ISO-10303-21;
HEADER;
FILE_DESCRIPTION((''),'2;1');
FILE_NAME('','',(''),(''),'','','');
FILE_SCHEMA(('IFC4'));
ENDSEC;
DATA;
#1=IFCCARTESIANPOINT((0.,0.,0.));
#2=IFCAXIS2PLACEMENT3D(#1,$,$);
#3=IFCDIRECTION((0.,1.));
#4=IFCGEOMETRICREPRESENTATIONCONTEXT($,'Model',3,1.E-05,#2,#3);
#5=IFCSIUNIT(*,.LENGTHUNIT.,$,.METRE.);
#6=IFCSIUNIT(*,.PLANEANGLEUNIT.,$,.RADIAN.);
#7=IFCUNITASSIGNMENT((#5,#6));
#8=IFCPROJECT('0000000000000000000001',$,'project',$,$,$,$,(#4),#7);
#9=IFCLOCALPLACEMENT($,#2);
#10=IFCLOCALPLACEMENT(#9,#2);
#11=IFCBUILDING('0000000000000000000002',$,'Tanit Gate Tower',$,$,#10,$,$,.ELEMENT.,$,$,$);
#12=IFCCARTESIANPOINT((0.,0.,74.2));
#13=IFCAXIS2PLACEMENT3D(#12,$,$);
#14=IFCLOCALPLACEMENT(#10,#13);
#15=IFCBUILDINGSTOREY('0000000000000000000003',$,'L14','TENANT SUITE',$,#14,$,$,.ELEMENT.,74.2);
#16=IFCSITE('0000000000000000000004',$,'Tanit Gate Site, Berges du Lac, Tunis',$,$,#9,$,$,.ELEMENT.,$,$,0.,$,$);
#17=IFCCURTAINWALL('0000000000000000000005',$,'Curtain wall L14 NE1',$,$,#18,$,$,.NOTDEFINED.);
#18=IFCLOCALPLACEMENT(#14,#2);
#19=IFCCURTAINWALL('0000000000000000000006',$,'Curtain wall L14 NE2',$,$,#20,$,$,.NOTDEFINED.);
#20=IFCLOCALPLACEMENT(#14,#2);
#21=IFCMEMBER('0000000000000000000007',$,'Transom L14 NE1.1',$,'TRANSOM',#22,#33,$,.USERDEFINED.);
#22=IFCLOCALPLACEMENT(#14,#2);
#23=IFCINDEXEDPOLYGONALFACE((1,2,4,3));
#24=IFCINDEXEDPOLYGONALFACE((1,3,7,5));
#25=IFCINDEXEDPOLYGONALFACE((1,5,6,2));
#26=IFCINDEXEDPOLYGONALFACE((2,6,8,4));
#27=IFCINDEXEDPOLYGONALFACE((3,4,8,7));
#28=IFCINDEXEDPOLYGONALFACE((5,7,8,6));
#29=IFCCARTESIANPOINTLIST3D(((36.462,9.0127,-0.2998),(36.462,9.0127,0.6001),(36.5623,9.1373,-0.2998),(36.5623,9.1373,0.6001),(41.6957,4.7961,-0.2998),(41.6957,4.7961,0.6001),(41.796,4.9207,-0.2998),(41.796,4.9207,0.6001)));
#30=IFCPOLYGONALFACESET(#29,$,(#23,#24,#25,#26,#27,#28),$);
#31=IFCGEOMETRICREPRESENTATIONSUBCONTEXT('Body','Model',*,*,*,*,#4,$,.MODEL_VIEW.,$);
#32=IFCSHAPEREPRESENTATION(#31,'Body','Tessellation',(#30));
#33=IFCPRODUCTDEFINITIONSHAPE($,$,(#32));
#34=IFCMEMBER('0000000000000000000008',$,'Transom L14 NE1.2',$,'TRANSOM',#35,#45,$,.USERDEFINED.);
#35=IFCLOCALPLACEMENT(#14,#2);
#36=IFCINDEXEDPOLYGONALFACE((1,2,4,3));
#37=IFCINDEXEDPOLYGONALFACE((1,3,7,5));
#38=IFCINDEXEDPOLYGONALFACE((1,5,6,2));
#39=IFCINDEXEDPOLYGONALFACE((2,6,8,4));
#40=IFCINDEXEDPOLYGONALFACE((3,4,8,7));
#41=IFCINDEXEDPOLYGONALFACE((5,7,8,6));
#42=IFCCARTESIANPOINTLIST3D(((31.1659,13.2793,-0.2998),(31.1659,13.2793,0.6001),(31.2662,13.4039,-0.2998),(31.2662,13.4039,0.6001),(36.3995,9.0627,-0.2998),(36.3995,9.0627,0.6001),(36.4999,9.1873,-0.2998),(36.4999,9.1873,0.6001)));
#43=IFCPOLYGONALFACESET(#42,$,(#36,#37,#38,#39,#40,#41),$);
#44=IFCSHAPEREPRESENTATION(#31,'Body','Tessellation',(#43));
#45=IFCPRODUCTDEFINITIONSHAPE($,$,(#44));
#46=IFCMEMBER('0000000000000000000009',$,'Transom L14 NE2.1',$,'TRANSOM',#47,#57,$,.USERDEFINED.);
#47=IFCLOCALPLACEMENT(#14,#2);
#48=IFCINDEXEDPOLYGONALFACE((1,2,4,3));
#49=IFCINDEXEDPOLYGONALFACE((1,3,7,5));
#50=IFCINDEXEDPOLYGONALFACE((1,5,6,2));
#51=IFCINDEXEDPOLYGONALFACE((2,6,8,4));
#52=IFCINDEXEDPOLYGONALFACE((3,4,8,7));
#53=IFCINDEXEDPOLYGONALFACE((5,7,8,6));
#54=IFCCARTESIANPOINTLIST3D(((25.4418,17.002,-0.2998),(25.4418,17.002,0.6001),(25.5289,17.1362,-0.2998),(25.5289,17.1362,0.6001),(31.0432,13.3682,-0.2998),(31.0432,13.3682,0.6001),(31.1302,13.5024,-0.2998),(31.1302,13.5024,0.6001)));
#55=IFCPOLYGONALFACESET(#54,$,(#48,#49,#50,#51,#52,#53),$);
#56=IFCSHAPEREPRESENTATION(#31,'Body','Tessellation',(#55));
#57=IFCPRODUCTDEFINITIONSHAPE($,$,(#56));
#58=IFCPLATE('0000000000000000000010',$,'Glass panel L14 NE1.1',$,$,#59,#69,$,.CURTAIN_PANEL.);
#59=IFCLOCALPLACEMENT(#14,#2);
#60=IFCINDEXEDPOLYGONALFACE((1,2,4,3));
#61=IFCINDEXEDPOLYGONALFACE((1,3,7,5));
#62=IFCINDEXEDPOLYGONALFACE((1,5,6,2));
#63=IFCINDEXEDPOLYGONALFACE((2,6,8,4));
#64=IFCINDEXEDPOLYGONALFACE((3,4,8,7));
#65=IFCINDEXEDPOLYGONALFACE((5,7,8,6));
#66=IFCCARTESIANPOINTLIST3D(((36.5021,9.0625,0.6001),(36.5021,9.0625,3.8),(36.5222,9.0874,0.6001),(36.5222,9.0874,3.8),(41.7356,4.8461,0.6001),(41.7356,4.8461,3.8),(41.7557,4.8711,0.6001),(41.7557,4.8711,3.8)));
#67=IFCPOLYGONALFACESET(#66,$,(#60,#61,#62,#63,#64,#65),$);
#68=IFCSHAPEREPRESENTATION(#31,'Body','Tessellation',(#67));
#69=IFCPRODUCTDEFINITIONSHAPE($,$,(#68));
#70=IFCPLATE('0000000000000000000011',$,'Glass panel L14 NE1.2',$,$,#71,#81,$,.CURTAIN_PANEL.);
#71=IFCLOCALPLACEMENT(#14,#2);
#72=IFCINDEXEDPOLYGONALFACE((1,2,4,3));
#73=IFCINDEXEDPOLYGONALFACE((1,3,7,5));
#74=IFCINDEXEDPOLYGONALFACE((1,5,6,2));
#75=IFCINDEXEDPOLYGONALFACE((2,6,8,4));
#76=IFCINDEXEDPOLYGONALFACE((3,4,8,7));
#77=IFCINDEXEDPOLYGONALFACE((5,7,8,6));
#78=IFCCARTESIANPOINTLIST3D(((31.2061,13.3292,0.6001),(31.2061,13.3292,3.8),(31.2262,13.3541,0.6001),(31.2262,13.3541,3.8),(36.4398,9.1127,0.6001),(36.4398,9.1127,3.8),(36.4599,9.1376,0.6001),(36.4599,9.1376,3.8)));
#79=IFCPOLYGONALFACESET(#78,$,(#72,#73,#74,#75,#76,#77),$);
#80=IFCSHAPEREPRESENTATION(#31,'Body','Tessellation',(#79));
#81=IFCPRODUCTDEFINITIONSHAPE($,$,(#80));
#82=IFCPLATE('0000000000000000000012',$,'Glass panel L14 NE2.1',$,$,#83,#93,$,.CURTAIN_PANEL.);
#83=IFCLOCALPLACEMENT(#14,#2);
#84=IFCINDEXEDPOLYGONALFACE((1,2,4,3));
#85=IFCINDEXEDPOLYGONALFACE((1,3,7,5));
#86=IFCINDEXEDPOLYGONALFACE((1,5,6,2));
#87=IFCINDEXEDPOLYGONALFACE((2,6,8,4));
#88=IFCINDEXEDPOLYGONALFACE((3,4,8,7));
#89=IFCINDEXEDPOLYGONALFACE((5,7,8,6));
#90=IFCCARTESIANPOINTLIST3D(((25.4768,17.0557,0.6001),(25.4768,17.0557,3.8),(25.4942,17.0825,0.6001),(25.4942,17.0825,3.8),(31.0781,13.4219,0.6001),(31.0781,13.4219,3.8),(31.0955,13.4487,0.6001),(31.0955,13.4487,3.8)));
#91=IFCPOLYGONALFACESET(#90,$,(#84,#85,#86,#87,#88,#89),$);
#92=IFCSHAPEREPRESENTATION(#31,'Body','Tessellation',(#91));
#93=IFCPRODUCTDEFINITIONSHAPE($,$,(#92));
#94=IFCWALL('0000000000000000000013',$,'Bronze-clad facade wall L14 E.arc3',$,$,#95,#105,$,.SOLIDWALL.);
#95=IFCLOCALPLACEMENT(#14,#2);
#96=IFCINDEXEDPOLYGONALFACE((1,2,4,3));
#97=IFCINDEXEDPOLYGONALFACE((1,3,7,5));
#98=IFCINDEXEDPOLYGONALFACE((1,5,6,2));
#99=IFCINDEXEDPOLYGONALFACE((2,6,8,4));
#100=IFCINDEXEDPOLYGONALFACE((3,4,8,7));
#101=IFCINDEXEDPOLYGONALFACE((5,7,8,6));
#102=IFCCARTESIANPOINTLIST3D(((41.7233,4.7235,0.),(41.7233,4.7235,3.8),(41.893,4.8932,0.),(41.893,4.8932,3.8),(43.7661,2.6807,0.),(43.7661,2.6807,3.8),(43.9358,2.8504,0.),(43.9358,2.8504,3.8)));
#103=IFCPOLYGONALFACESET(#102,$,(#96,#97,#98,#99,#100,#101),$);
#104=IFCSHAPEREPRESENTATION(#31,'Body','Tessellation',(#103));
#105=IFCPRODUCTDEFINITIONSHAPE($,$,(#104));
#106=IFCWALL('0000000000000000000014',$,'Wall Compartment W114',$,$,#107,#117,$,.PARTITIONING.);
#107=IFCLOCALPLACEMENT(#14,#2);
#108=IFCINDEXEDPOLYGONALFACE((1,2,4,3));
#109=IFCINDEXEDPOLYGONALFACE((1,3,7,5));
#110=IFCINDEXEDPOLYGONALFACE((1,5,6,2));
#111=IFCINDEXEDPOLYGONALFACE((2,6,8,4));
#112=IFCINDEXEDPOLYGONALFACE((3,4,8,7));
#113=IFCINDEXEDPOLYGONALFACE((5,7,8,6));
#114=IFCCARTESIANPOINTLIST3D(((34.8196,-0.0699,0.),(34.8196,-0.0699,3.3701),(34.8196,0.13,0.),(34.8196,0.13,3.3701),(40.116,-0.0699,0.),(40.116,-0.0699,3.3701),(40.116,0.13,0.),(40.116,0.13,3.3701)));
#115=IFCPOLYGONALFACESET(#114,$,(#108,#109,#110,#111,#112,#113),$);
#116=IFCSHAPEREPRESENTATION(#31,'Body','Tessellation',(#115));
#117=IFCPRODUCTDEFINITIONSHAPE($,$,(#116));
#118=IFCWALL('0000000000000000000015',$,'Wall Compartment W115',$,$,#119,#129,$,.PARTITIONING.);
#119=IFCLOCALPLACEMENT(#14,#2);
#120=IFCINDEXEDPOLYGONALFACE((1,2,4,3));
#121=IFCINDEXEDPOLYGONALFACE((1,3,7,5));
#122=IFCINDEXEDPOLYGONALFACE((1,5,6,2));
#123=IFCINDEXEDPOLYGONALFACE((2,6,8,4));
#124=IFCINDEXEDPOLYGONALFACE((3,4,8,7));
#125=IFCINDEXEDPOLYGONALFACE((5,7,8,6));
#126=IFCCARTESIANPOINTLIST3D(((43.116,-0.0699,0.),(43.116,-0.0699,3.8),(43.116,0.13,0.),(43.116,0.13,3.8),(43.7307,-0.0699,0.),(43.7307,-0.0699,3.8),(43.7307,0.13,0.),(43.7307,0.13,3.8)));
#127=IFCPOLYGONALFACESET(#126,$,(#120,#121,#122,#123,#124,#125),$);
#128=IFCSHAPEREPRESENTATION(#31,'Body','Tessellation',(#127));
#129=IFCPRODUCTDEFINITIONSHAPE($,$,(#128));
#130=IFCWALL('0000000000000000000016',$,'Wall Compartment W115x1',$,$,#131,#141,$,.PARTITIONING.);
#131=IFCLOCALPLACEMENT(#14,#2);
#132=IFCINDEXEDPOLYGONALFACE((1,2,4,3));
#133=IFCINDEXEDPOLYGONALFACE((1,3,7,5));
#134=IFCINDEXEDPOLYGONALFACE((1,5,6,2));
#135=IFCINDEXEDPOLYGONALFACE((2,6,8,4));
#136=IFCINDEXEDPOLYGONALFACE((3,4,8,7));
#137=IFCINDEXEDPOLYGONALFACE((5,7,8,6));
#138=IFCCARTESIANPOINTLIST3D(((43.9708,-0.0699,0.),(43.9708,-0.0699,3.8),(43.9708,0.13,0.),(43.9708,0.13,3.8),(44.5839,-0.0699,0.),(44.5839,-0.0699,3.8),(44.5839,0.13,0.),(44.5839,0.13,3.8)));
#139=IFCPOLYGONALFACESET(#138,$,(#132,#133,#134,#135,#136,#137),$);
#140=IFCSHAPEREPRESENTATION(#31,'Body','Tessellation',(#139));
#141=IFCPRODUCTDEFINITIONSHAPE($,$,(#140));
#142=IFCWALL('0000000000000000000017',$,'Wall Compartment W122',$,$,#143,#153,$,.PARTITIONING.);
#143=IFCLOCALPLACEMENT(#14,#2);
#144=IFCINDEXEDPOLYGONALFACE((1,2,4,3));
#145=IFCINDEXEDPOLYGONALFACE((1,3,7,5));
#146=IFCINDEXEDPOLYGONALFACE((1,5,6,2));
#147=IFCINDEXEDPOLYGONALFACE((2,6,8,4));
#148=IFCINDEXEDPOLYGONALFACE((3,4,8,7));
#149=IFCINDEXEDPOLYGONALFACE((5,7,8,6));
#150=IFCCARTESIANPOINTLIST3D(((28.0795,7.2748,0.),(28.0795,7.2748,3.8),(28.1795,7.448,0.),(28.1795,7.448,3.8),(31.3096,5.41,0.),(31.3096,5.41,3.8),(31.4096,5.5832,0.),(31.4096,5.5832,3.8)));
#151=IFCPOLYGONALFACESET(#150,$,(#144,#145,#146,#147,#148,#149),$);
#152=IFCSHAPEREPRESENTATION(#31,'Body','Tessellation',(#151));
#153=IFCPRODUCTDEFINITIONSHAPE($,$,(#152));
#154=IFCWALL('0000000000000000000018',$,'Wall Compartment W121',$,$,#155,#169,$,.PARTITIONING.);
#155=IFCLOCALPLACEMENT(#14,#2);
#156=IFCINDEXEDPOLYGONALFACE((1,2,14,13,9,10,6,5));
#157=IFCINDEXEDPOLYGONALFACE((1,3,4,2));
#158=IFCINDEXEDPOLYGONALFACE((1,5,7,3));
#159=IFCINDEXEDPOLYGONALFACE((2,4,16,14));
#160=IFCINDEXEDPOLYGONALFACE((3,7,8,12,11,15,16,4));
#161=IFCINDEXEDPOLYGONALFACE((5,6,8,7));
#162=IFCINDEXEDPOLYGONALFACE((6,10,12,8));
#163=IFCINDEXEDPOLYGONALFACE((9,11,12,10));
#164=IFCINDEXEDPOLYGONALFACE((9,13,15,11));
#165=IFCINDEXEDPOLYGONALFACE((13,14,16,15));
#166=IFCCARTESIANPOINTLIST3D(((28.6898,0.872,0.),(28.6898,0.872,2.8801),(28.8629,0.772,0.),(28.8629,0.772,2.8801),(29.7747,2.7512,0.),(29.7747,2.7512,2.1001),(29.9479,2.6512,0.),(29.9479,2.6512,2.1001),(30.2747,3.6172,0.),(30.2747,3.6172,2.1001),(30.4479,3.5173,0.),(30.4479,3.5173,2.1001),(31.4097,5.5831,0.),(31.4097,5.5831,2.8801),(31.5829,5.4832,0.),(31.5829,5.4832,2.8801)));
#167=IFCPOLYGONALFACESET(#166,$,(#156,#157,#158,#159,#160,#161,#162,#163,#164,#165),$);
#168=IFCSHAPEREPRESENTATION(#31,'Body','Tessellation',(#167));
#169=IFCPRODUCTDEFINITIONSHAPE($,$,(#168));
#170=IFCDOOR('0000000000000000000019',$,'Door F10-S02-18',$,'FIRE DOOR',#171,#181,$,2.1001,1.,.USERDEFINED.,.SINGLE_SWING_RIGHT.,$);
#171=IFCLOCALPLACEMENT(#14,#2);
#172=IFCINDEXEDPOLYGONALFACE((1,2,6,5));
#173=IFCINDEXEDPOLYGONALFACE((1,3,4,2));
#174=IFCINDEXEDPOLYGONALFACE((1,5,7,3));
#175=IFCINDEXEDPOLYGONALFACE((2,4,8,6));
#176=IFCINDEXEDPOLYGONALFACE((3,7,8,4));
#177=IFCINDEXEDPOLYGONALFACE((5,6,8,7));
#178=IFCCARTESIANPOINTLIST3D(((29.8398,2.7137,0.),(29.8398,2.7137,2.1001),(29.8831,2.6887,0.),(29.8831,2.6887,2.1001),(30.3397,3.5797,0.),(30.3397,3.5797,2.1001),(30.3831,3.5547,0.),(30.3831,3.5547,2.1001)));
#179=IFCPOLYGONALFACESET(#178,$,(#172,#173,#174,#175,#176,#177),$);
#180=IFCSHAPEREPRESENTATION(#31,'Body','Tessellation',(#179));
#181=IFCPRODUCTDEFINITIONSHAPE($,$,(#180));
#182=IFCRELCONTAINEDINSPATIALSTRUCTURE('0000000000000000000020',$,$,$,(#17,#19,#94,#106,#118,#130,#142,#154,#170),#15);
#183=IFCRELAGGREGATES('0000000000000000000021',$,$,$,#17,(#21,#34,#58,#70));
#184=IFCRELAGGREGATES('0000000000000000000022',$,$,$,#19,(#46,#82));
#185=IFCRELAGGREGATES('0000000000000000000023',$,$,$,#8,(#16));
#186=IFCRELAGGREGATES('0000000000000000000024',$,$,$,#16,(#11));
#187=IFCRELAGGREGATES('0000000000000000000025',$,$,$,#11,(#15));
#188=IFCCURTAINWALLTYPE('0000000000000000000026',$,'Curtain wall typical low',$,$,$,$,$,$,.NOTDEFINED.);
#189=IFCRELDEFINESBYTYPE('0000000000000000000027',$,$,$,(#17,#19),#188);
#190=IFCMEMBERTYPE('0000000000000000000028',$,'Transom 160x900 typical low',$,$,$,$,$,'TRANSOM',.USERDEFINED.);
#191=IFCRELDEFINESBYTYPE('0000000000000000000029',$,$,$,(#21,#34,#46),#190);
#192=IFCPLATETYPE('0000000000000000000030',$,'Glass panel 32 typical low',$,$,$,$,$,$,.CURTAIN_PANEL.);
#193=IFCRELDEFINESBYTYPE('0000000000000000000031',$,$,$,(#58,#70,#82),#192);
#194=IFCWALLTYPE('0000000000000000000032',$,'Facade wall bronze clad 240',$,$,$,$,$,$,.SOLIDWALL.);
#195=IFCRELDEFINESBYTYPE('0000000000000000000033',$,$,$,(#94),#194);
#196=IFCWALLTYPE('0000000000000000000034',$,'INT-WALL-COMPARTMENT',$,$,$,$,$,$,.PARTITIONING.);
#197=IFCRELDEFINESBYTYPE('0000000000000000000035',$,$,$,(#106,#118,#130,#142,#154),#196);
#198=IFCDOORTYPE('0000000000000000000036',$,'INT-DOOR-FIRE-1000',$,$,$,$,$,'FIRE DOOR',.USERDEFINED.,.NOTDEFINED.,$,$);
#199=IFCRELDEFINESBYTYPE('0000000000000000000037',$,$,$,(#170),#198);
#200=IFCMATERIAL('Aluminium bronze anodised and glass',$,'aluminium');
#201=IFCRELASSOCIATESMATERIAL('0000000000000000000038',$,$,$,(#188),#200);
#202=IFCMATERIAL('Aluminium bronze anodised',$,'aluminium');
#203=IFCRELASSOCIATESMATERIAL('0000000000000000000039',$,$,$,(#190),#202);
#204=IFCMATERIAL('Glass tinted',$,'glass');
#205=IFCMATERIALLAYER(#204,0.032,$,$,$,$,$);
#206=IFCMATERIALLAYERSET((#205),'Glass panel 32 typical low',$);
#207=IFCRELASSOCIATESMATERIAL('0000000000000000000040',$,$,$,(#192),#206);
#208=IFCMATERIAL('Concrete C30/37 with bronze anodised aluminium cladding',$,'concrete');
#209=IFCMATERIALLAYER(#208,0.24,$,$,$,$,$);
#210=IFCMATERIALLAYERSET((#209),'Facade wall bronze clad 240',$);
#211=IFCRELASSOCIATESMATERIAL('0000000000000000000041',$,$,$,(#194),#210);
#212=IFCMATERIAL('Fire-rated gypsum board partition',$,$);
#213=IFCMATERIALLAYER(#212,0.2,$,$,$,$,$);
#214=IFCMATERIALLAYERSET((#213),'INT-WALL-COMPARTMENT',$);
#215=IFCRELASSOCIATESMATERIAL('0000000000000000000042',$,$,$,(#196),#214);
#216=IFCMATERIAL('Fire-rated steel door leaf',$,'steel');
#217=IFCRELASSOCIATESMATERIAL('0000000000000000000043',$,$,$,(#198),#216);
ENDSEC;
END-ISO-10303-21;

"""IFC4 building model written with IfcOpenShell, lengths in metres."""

from ifc_helpers import new_model, si_unit, direction, frame, frame_2d, origin, origin_2d, place, context, subcontext, project, spatial, rectangle, extrude, material, layer, layer_set, material_profile, profile_set, type_object, element, fill, aggregate, save


model = new_model("IFC4")

# Units and contexts
model_context = context("Model", 3, precision=1e-05, world=origin(), true_north=direction((0.0, 1.0)))
body_context = subcontext(model_context, "Body", "Model", "MODEL_VIEW")
ifc_project = project(units=[si_unit("LENGTHUNIT", "METRE"), si_unit("PLANEANGLEUNIT", "RADIAN")], contexts=[model_context])

# Site, building, storey
site_placement = place(None, origin())
site = spatial("IfcSite", under=ifc_project, at=site_placement, Name="Tanit Gate Site, Berges du Lac, Tunis", CompositionType="ELEMENT", RefElevation=0.0)
building_placement = place(site_placement, origin())
building = spatial("IfcBuilding", under=site, at=building_placement, Name="Tanit Gate Tower", CompositionType="ELEMENT")
storey_placement = place(building_placement, frame((0.0, 0.0, 74.2)))
storey = spatial("IfcBuildingStorey", under=building, at=storey_placement, Name="L14", Description="TENANT SUITE", CompositionType="ELEMENT", Elevation=74.2)

# Curtain walls
ifc_material_1 = material(Name="Aluminium bronze anodised and glass", Category="aluminium")
curtain_wall_type = type_object("IfcCurtainWallType", Name="Curtain wall typical low", PredefinedType="NOTDEFINED", material=ifc_material_1)
curtain_wall_1_placement = place(storey_placement, origin())
curtain_wall_1 = element("IfcCurtainWall", 1, at=curtain_wall_1_placement, inside=storey, type_object=curtain_wall_type, Name="Curtain wall L14 NE1", PredefinedType="NOTDEFINED")
curtain_wall_2_placement = place(storey_placement, origin())
curtain_wall_2 = element("IfcCurtainWall", 2, at=curtain_wall_2_placement, inside=storey, type_object=curtain_wall_type, Name="Curtain wall L14 NE2", PredefinedType="NOTDEFINED")

# Members
ifc_material_2 = material(Name="Aluminium bronze anodised", Category="aluminium")
ifc_material_profile_1 = material_profile(ifc_material_2, rectangle(XDim=0.1599, YDim=0.8999, at=origin_2d()), Name="160x900 bronze transom")
ifc_profile_set_1 = profile_set([ifc_material_profile_1], Name="Aluminium bronze anodised")
member_type_1 = type_object("IfcMemberType", Name="Transom 160x900 typical low", ElementType="TRANSOM", PredefinedType="USERDEFINED", material=ifc_profile_set_1)
member_1_placement = place(storey_placement, frame((41.7458, 4.8584, 0.1501), z_axis=(-0.778713, 0.62738, 0.0), x_axis=(-0.62738, -0.778713, 0.0)))
member_1 = element("IfcMember", 3, at=member_1_placement, type_object=member_type_1, Name="Transom L14 NE1.1", ObjectType="TRANSOM", PredefinedType="USERDEFINED", context=body_context, shape_type="SweptSolid", body=[
    extrude(rectangle(XDim=0.1599, YDim=0.8999, at=origin_2d()), origin(), (0.0, 0.0, 1.0), 6.7209),
])
member_2_placement = place(storey_placement, frame((36.4497, 9.125, 0.1501), z_axis=(-0.778713, 0.62738, 0.0), x_axis=(-0.62738, -0.778713, 0.0)))
member_2 = element("IfcMember", 4, at=member_2_placement, type_object=member_type_1, Name="Transom L14 NE1.2", ObjectType="TRANSOM", PredefinedType="USERDEFINED", context=body_context, shape_type="SweptSolid", body=[
    extrude(rectangle(XDim=0.1599, YDim=0.8999, at=origin_2d()), origin(), (0.0, 0.0, 1.0), 6.7209),
])
member_3_placement = place(storey_placement, frame((31.0867, 13.4353, 0.1501), z_axis=(-0.838927, 0.544244, 0.0), x_axis=(-0.544244, -0.838927, 0.0)))
member_3 = element("IfcMember", 5, at=member_3_placement, type_object=member_type_1, Name="Transom L14 NE2.1", ObjectType="TRANSOM", PredefinedType="USERDEFINED", context=body_context, shape_type="SweptSolid", body=[
    extrude(rectangle(XDim=0.1599, YDim=0.8999, at=origin_2d()), origin(), (0.0, 0.0, 1.0), 6.6768),
])

# Plates
ifc_material_3 = material(Name="Glass tinted", Category="glass")
ifc_layer_1 = layer(ifc_material_3, 0.032)
ifc_layer_set_1 = layer_set([ifc_layer_1], Name="Glass panel 32 typical low")
plate_type = type_object("IfcPlateType", Name="Glass panel 32 typical low", PredefinedType="CURTAIN_PANEL", material=ifc_layer_set_1)
plate_1_placement = place(storey_placement, frame((39.1289, 6.9668, 0.6001), z_axis=(0.0, 0.0, 1.0), x_axis=(-0.778718, 0.627374, 0.0)))
plate_1 = element("IfcPlate", 6, at=plate_1_placement, type_object=plate_type, Name="Glass panel L14 NE1.1", PredefinedType="CURTAIN_PANEL", context=body_context, shape_type="SweptSolid", body=[
    extrude(rectangle(XDim=6.7207, YDim=0.032, at=origin_2d()), origin(), (0.0, 0.0, 1.0), 3.2),
])
plate_2_placement = place(storey_placement, frame((33.833, 11.2334, 0.6001), z_axis=(0.0, 0.0, 1.0), x_axis=(-0.778718, 0.627374, 0.0)))
plate_2 = element("IfcPlate", 7, at=plate_2_placement, type_object=plate_type, Name="Glass panel L14 NE1.2", PredefinedType="CURTAIN_PANEL", context=body_context, shape_type="SweptSolid", body=[
    extrude(rectangle(XDim=6.7209, YDim=0.032, at=origin_2d()), origin(), (0.0, 0.0, 1.0), 3.2),
])
aggregate(curtain_wall_1, [member_1, member_2, plate_1, plate_2])
plate_3_placement = place(storey_placement, frame((28.2861, 15.2522, 0.6001), z_axis=(0.0, 0.0, 1.0), x_axis=(-0.838927, 0.544243, 0.0)))
plate_3 = element("IfcPlate", 8, at=plate_3_placement, type_object=plate_type, Name="Glass panel L14 NE2.1", PredefinedType="CURTAIN_PANEL", context=body_context, shape_type="SweptSolid", body=[
    extrude(rectangle(XDim=6.6768, YDim=0.032, at=origin_2d()), origin(), (0.0, 0.0, 1.0), 3.2),
])
aggregate(curtain_wall_2, [member_3, plate_3])

# Walls
ifc_material_4 = material(Name="Concrete C30/37 with bronze anodised aluminium cladding", Category="concrete")
ifc_layer_2 = layer(ifc_material_4, 0.24)
ifc_layer_set_2 = layer_set([ifc_layer_2], Name="Facade wall bronze clad 240")
wall_type_1 = type_object("IfcWallType", Name="Facade wall bronze clad 240", PredefinedType="SOLIDWALL", material=ifc_layer_set_2)
wall_1_placement = place(storey_placement, frame((43.8508, 2.7656, 0.0), z_axis=(0.0, 0.0, 1.0), x_axis=(-0.707107, 0.707107, 0.0)))
element("IfcWall", 9, at=wall_1_placement, inside=storey, type_object=wall_type_1, Name="Bronze-clad facade wall L14 E.arc3", PredefinedType="SOLIDWALL", context=body_context, shape_type="SweptSolid", body=[
    extrude(rectangle(XDim=2.8889, YDim=0.24, at=frame_2d((1.4443, 0.0))), origin(), (0.0, 0.0, 1.0), 3.8),
])
ifc_material_5 = material(Name="Fire-rated gypsum board partition")
ifc_layer_3 = layer(ifc_material_5, 0.2)
ifc_layer_set_3 = layer_set([ifc_layer_3], Name="INT-WALL-COMPARTMENT")
wall_type_2 = type_object("IfcWallType", Name="INT-WALL-COMPARTMENT", PredefinedType="PARTITIONING", material=ifc_layer_set_3)
wall_2_placement = place(storey_placement, frame((34.8196, 0.03, 0.0), z_axis=(0.0, 0.0, 1.0), x_axis=(1.0, 0.0, 0.0)))
element("IfcWall", 10, at=wall_2_placement, inside=storey, type_object=wall_type_2, Name="Wall Compartment W114", PredefinedType="PARTITIONING", context=body_context, shape_type="SweptSolid", body=[
    extrude(rectangle(XDim=5.2964, YDim=0.2, at=frame_2d((2.6482, 0.0))), origin(), (0.0, 0.0, 1.0), 3.3701),
])
wall_3_placement = place(storey_placement, frame((43.116, 0.03, 0.0), z_axis=(0.0, 0.0, 1.0), x_axis=(1.0, 0.0, 0.0)))
element("IfcWall", 11, at=wall_3_placement, inside=storey, type_object=wall_type_2, Name="Wall Compartment W115", PredefinedType="PARTITIONING", context=body_context, shape_type="SweptSolid", body=[
    extrude(rectangle(XDim=0.6147, YDim=0.2, at=frame_2d((0.3074, 0.0))), origin(), (0.0, 0.0, 1.0), 3.8),
])
wall_4_placement = place(storey_placement, frame((43.9707, 0.03, 0.0), z_axis=(0.0, 0.0, 1.0), x_axis=(1.0, 0.0, 0.0)))
element("IfcWall", 12, at=wall_4_placement, inside=storey, type_object=wall_type_2, Name="Wall Compartment W115x1", PredefinedType="PARTITIONING", context=body_context, shape_type="SweptSolid", body=[
    extrude(rectangle(XDim=0.613, YDim=0.2, at=frame_2d((0.3066, 0.0))), origin(), (0.0, 0.0, 1.0), 3.8),
])
wall_5_placement = place(storey_placement, frame((28.1296, 7.3613, 0.0), z_axis=(0.0, 0.0, 1.0), x_axis=(0.866035, -0.499983, 0.0)))
element("IfcWall", 13, at=wall_5_placement, inside=storey, type_object=wall_type_2, Name="Wall Compartment W122", PredefinedType="PARTITIONING", context=body_context, shape_type="SweptSolid", body=[
    extrude(rectangle(XDim=3.7297, YDim=0.2, at=frame_2d((1.8647, 0.0))), origin(), (0.0, 0.0, 1.0), 3.8),
])

# Wall, opening, door
wall_6_placement = place(storey_placement, frame((28.7764, 0.822, 0.0), z_axis=(0.0, 0.0, 1.0), x_axis=(0.499996, 0.866028, 0.0)))
wall_6 = element("IfcWall", 14, at=wall_6_placement, inside=storey, type_object=wall_type_2, Name="Wall Compartment W121", PredefinedType="PARTITIONING", context=body_context, shape_type="SweptSolid", body=[
    extrude(rectangle(XDim=5.4399, YDim=0.2, at=frame_2d((2.72, 0.0))), origin(), (0.0, 0.0, 1.0), 2.8801),
])
opening_placement = place(wall_6_placement, frame((2.1699, 0.0, 0.0)))
opening = element("IfcOpeningElement", 15, at=opening_placement, cuts=wall_6, PredefinedType="OPENING", context=body_context, shape_type="SweptSolid", body=[
    extrude(rectangle(XDim=1.0, YDim=2.1001, at=frame_2d((0.5, 1.05))), frame((0.0, 0.1099, 0.0), z_axis=(0.0, -1.0, 0.0), x_axis=(1.0, 0.0, 0.0)), (0.0, 0.0, 1.0), 0.22),
])
ifc_material_6 = material(Name="Fire-rated steel door leaf", Category="steel")
door_type = type_object("IfcDoorType", Name="INT-DOOR-FIRE-1000", ElementType="FIRE DOOR", OperationType="NOTDEFINED", PredefinedType="USERDEFINED", material=ifc_material_6)
door_placement = place(opening_placement, origin())
door = element("IfcDoor", 16, at=door_placement, inside=storey, type_object=door_type, Name="Door F10-S02-18", ObjectType="FIRE DOOR", OperationType="SINGLE_SWING_RIGHT", OverallHeight=2.1001, OverallWidth=1.0, PredefinedType="USERDEFINED", context=body_context, shape_type="SweptSolid", body=[
    extrude(rectangle(XDim=1.0, YDim=2.1001, at=frame_2d((0.5, 1.05))), frame((0.0, 0.0249, 0.0), z_axis=(0.0, -1.0, 0.0), x_axis=(1.0, 0.0, 0.0)), (0.0, 0.0, 1.0), 0.05),
])
fill(opening, door)

save(model, "model.ifc")
